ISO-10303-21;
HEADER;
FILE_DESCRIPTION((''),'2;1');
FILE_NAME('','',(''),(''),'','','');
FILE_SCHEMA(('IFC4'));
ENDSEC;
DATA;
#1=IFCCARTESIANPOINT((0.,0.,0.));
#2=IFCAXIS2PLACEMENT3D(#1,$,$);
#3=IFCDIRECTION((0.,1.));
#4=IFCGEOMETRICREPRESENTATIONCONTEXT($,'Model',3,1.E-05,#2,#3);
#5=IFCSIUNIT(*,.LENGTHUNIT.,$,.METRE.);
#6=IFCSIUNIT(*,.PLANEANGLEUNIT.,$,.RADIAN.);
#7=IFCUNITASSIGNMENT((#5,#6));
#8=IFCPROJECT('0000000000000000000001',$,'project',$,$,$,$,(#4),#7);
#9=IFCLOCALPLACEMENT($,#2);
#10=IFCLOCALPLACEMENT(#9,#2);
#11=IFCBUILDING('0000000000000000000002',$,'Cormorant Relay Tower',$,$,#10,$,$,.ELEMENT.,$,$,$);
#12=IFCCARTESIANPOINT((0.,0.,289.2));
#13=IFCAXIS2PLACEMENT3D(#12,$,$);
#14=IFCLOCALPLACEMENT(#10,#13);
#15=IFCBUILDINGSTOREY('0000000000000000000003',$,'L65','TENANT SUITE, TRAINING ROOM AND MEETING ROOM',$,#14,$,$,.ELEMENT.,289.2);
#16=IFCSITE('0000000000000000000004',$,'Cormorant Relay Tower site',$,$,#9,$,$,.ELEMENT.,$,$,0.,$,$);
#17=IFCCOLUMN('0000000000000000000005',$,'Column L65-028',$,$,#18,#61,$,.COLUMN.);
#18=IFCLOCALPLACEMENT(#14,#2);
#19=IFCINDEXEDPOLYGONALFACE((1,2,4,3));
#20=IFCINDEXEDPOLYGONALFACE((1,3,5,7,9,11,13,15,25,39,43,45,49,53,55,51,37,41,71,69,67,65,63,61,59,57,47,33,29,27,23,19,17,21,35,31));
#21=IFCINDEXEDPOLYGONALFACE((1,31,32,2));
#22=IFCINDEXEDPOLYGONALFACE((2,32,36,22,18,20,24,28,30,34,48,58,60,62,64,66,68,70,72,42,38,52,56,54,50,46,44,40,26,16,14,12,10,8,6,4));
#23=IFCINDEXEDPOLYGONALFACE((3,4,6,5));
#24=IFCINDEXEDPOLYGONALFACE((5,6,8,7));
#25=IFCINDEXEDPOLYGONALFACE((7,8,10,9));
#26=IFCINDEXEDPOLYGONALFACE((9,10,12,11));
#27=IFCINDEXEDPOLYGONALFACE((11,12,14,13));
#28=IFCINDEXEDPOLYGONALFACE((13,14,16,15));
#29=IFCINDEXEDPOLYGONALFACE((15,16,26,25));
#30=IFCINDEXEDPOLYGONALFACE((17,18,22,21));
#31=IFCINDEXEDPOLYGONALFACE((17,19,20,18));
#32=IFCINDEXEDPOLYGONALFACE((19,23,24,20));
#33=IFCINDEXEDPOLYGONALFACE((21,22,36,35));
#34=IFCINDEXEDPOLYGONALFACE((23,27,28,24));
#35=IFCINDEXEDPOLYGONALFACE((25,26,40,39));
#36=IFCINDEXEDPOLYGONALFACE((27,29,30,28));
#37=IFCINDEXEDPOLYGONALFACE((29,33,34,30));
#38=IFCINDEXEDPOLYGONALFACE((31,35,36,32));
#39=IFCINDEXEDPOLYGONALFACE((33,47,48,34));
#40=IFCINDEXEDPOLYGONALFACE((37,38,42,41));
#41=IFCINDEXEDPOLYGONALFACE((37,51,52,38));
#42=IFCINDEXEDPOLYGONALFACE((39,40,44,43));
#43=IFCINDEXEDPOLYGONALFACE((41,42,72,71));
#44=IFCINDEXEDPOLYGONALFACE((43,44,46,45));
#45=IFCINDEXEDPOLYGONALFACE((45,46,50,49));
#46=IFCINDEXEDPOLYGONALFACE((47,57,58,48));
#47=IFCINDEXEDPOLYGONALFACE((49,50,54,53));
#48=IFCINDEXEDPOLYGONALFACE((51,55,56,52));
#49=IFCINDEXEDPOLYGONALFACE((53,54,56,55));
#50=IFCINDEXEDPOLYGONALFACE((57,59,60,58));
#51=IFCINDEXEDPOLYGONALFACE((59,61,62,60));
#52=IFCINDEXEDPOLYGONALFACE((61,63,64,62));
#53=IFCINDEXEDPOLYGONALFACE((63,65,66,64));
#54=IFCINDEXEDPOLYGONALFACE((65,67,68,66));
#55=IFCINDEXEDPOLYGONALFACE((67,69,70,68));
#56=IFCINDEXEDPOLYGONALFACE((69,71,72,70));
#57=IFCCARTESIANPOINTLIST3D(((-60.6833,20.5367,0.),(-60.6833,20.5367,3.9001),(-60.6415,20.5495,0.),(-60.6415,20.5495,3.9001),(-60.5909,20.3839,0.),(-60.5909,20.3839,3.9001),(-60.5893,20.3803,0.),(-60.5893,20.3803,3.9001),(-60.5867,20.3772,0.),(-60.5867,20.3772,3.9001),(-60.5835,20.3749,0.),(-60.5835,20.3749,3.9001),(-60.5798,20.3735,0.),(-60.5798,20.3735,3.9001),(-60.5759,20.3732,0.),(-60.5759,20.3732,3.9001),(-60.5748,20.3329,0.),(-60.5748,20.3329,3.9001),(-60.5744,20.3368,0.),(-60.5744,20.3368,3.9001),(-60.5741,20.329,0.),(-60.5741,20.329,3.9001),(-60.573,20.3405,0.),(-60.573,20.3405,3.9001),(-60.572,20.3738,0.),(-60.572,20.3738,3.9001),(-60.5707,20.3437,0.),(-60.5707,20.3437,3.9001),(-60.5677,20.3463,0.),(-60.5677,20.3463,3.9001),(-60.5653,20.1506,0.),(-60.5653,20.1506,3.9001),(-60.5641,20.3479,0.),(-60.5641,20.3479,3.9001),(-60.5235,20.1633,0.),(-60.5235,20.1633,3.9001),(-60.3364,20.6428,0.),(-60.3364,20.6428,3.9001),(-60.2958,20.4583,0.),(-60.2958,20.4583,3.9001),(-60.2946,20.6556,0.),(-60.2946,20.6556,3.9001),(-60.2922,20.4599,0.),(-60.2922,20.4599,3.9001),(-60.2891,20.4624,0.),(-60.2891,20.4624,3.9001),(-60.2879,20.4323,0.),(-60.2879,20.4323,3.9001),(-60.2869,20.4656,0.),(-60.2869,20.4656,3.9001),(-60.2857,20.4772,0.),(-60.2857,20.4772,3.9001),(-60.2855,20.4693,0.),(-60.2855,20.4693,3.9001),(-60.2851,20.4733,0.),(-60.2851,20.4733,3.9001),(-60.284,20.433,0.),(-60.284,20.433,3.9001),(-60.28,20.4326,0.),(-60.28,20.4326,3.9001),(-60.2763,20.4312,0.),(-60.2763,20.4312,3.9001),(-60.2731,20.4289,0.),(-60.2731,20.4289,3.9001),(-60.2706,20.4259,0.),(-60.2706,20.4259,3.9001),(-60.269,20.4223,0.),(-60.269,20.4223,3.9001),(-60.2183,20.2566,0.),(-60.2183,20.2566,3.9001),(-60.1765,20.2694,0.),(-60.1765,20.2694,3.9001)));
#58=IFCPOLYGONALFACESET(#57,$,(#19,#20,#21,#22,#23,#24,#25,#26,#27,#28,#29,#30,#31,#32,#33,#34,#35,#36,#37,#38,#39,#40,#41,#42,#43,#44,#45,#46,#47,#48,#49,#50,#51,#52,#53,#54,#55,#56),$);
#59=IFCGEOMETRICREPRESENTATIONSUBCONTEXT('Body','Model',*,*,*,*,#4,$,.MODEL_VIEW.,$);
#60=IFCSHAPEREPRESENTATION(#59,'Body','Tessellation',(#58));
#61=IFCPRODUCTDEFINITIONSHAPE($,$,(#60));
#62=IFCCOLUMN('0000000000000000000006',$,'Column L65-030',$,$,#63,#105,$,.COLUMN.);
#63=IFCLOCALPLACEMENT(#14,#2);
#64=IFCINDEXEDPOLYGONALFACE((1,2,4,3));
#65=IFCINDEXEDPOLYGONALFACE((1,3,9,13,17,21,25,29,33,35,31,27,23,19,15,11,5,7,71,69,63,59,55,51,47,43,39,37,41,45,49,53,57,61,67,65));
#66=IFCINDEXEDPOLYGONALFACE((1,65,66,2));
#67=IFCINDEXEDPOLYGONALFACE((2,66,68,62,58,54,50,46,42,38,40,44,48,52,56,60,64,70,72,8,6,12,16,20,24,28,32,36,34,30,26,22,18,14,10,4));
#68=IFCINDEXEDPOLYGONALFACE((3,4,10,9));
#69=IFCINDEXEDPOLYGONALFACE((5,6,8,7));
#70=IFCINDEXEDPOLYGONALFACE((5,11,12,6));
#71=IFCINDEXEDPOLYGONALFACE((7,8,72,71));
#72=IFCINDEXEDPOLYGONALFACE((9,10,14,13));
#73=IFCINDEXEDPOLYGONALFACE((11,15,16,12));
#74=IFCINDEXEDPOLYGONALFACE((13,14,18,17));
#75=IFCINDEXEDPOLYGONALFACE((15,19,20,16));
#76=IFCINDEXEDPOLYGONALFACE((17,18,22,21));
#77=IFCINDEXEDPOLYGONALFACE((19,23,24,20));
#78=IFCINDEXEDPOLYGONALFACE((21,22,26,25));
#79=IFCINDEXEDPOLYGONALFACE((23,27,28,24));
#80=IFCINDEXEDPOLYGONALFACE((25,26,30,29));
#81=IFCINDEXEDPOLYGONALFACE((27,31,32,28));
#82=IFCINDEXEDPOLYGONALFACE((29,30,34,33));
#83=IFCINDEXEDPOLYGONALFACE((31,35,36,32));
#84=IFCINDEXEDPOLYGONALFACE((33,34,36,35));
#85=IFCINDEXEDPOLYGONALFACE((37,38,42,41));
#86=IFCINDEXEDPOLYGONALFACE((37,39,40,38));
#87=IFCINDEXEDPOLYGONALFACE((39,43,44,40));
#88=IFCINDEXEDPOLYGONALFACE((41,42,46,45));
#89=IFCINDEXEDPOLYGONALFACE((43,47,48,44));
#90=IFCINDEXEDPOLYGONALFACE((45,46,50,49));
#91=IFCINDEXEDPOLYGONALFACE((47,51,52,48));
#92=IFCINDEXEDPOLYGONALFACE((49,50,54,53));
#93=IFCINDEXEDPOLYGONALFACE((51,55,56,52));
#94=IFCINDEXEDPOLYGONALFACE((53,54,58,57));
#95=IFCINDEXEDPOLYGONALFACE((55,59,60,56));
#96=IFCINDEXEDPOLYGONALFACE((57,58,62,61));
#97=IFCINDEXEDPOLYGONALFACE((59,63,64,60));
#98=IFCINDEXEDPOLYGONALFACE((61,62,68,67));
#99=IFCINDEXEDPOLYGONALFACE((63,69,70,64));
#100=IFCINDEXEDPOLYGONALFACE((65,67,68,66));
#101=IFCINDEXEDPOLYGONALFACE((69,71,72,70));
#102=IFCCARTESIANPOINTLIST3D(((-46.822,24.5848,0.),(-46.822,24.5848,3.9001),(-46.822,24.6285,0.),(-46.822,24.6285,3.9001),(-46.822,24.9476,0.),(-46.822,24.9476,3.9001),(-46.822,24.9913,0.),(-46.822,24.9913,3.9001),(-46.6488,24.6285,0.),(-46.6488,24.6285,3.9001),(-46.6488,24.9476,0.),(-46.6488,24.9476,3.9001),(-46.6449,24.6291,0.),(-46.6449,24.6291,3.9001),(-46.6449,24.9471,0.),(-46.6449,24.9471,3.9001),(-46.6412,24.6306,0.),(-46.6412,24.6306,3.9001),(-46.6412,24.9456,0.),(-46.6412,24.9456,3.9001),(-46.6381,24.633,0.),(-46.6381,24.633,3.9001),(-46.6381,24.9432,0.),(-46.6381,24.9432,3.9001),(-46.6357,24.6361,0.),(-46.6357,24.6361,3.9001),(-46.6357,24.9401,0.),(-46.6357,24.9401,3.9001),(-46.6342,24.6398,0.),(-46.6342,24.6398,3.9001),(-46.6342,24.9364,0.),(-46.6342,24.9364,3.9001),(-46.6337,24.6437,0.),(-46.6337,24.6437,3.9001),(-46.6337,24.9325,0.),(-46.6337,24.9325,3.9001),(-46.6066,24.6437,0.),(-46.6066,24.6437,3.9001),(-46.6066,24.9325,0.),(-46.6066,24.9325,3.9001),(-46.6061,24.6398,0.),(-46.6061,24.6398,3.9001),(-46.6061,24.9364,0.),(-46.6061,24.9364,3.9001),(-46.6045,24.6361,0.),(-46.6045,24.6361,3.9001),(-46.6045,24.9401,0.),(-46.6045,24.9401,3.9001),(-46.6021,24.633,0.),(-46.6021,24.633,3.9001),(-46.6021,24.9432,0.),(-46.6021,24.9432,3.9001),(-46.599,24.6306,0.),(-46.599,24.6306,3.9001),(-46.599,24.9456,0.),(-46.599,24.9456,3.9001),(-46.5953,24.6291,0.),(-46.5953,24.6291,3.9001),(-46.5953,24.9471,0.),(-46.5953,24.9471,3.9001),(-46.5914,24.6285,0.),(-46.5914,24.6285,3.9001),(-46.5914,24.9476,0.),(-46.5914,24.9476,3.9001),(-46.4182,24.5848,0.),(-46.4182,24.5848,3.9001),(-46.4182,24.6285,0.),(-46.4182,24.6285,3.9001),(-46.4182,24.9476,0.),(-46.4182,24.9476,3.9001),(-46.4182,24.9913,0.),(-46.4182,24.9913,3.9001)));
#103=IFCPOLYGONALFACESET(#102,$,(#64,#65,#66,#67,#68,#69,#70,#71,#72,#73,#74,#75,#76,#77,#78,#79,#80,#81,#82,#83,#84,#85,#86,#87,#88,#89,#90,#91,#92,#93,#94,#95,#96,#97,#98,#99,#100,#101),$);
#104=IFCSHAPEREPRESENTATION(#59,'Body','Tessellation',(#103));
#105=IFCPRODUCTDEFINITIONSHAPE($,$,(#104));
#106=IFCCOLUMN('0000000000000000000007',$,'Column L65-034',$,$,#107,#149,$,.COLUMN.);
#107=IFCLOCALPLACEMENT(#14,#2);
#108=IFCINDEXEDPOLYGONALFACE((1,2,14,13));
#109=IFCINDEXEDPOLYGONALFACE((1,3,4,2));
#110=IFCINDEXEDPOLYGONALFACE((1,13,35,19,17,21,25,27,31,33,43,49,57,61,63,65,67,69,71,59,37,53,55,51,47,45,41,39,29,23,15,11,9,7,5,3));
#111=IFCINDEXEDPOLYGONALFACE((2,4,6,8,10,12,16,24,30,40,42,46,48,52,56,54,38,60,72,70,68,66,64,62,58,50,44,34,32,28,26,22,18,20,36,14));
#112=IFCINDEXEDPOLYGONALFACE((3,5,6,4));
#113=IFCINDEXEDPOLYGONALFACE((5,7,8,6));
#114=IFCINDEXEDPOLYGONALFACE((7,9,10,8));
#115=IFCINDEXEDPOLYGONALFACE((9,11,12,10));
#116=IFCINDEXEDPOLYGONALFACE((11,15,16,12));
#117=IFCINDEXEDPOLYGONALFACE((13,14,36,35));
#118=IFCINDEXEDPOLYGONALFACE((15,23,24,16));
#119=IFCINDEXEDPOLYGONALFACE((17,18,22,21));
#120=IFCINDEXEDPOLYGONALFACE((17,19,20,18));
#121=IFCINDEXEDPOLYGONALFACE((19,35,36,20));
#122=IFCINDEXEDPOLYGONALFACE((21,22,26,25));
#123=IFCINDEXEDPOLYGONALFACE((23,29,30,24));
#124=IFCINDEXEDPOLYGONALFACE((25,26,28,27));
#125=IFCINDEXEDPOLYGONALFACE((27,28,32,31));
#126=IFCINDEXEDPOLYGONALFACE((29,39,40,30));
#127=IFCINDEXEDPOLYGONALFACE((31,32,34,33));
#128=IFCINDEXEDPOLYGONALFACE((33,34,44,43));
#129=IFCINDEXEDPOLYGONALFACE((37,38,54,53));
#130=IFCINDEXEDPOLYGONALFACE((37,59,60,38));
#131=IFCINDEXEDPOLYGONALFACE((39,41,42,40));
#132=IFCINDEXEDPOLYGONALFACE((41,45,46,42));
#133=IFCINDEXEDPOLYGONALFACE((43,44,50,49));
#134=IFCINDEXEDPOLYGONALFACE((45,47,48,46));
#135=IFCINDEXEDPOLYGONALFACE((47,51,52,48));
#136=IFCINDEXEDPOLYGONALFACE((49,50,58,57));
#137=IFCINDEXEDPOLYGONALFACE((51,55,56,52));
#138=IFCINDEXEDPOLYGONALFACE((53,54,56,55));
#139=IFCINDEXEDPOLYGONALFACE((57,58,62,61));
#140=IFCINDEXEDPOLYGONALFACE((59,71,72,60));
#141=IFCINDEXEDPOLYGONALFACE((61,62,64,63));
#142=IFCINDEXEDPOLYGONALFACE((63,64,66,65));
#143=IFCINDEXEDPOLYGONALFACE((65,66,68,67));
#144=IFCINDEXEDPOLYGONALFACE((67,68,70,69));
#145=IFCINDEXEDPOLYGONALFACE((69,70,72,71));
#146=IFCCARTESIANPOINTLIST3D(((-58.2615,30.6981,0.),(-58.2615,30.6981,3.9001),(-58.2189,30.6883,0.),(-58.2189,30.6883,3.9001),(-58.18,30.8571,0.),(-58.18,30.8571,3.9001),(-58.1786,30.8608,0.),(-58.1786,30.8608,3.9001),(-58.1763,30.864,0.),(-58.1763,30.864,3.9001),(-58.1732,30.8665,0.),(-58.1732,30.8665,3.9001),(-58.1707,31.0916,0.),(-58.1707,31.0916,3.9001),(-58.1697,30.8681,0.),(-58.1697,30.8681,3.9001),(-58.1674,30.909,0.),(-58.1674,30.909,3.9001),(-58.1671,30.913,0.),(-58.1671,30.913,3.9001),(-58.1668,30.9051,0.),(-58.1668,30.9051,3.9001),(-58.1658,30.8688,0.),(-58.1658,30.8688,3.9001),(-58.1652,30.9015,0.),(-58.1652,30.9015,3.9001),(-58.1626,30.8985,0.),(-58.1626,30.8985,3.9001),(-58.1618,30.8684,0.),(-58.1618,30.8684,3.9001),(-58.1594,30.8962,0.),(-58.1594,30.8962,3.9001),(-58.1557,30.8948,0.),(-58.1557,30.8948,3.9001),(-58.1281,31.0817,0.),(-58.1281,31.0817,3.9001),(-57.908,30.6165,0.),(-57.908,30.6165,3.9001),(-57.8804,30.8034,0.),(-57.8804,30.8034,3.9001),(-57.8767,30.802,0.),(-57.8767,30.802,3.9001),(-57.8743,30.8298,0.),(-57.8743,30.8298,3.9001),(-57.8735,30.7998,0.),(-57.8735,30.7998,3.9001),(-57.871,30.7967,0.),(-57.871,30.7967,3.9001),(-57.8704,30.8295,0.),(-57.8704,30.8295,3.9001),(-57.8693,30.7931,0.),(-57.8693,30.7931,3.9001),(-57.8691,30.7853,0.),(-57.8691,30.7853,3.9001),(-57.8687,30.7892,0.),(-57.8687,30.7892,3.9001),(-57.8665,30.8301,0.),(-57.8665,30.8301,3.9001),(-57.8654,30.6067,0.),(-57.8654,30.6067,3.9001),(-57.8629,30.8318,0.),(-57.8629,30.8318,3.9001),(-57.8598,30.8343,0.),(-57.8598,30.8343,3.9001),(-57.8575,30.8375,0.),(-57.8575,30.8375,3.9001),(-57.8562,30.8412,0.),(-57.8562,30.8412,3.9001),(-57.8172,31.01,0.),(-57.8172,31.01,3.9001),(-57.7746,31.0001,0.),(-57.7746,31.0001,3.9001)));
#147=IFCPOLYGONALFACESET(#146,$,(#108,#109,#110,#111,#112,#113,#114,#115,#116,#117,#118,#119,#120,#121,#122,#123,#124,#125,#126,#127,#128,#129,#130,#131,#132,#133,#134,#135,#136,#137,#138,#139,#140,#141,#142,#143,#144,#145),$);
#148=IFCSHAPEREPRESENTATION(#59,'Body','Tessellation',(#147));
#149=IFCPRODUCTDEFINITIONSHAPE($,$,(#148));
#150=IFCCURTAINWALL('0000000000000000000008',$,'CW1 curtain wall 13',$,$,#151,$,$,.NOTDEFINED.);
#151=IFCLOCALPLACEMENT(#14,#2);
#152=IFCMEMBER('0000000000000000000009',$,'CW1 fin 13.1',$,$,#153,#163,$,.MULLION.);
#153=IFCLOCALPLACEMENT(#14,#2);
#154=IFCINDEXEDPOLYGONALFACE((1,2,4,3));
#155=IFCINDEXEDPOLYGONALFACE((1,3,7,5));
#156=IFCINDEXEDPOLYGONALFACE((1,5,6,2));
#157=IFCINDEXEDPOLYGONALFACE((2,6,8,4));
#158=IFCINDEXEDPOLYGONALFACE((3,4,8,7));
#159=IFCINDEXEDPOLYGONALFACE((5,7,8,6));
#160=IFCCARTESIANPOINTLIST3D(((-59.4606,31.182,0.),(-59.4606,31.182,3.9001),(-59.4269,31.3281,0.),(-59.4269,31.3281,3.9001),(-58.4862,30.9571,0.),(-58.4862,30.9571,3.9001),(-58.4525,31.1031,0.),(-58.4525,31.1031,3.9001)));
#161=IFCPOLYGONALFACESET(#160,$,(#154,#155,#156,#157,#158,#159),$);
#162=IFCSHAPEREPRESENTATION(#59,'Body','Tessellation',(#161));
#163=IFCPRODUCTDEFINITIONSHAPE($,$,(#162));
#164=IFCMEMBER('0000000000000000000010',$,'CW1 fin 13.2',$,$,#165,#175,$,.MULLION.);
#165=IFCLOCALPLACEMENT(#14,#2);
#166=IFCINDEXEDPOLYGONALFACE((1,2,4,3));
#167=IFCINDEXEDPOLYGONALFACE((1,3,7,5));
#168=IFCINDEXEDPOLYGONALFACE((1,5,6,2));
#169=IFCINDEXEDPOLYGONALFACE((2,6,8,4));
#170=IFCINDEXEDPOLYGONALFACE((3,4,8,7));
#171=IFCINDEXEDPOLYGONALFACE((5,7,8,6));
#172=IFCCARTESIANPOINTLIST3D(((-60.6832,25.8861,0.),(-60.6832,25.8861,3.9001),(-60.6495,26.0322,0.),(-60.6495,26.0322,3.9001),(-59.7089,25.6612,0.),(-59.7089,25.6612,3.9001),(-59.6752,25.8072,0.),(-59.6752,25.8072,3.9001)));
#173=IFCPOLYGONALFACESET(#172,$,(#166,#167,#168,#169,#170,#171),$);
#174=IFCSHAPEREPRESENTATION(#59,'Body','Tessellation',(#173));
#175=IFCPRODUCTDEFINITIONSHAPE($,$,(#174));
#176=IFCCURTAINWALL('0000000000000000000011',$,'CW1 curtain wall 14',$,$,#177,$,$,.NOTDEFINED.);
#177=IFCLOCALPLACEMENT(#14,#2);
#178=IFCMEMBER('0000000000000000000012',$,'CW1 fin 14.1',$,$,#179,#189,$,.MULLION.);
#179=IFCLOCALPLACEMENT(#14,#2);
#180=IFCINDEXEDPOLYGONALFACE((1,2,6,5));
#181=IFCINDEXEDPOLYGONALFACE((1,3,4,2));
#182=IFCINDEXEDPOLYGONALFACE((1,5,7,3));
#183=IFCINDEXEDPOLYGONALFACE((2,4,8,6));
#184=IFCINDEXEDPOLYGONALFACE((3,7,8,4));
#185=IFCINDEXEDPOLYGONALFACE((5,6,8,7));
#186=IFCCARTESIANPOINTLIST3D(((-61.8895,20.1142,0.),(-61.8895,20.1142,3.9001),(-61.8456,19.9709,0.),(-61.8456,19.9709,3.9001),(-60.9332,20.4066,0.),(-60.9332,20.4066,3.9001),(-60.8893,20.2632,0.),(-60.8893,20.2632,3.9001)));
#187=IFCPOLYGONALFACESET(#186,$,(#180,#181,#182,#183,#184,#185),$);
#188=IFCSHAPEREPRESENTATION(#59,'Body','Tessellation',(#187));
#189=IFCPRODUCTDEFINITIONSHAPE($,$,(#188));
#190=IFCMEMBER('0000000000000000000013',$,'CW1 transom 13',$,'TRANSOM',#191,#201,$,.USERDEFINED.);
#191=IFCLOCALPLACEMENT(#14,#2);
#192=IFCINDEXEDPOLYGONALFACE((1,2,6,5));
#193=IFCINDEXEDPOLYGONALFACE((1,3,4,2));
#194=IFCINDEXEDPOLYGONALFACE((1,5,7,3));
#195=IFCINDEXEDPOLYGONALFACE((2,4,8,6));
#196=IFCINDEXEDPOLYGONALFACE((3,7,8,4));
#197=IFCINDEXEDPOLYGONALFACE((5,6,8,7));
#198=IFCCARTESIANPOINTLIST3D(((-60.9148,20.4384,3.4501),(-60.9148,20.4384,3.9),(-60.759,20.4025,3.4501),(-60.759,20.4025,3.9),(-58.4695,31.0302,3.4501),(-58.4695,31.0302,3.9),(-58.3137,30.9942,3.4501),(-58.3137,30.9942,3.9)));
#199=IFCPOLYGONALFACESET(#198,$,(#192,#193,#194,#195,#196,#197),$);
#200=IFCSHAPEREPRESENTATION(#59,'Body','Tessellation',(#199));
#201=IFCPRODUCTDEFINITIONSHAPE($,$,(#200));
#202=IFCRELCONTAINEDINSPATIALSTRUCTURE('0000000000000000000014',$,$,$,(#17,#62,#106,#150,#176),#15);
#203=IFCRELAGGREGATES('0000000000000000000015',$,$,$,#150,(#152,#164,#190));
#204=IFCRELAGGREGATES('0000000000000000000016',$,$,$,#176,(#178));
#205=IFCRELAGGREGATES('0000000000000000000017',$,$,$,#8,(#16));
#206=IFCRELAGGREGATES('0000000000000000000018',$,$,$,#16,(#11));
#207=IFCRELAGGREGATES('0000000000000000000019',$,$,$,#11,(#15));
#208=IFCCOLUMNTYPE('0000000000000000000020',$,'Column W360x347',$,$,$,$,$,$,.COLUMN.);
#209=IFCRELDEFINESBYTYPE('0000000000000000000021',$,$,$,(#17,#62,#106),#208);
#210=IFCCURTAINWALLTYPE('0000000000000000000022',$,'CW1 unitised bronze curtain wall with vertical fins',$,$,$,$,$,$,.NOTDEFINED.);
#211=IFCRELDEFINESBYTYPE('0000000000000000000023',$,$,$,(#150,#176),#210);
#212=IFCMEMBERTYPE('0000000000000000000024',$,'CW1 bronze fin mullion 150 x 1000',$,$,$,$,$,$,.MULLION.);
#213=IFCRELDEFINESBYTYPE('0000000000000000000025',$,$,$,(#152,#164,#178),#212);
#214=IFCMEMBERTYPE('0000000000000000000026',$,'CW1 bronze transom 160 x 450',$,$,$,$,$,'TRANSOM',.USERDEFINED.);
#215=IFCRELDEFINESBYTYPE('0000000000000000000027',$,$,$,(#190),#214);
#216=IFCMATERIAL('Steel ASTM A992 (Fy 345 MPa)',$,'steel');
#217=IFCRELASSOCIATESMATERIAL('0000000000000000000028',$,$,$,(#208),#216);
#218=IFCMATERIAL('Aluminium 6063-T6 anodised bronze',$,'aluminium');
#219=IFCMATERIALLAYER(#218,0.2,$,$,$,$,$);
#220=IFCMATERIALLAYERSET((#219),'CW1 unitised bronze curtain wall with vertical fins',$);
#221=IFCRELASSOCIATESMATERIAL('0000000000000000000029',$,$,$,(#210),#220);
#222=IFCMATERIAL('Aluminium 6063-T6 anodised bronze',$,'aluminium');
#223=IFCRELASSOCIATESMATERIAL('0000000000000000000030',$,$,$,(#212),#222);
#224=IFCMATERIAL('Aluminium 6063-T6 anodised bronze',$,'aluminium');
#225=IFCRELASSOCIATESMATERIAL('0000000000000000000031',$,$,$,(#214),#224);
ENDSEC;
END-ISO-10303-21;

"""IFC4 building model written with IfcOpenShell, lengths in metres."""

from ifc_helpers import new_model, si_unit, direction, frame, origin, origin_2d, place, context, subcontext, project, spatial, rectangle, i_section, extrude, material, layer, layer_set, material_profile, profile_set, type_object, element, aggregate, save


model = new_model("IFC4")

# Units and contexts
model_context = context("Model", 3, precision=1e-05, world=origin(), true_north=direction((0.0, 1.0)))
body_context = subcontext(model_context, "Body", "Model", "MODEL_VIEW")
ifc_project = project(units=[si_unit("LENGTHUNIT", "METRE"), si_unit("PLANEANGLEUNIT", "RADIAN")], contexts=[model_context])

# Site, building, storey
site_placement = place(None, origin())
site = spatial("IfcSite", under=ifc_project, at=site_placement, Name="Cormorant Relay Tower site", CompositionType="ELEMENT", RefElevation=0.0)
building_placement = place(site_placement, origin())
building = spatial("IfcBuilding", under=site, at=building_placement, Name="Cormorant Relay Tower", CompositionType="ELEMENT")
storey_placement = place(building_placement, frame((0.0, 0.0, 289.2)))
storey = spatial("IfcBuildingStorey", under=building, at=storey_placement, Name="L65", Description="TENANT SUITE, TRAINING ROOM AND MEETING ROOM", CompositionType="ELEMENT", Elevation=289.2)

# Columns
ifc_material_1 = material(Name="Steel ASTM A992 (Fy 345 MPa)", Category="steel")
ifc_material_profile_1 = material_profile(ifc_material_1, i_section(OverallWidth=0.4038, OverallDepth=0.4065, WebThickness=0.0271, FlangeThickness=0.0437, FilletRadius=0.0151, at=origin_2d()), Name="W360x347")
ifc_profile_set_1 = profile_set([ifc_material_profile_1], Name="Steel ASTM A992 (Fy 345 MPa)")
column_type = type_object("IfcColumnType", Name="Column W360x347", PredefinedType="COLUMN", material=ifc_profile_set_1)
for number, where, z_axis, x_axis, name in (
    (1, (-60.4299, 20.4031, 0.0), (0.0, 0.0, 1.0), (0.292372, -0.956305, 0.0), "Column L65-028"),
    (2, (-46.6201, 24.7881, 0.0), (0.0, 0.0, 1.0), (1.0, 0.0, 0.0), "Column L65-030"),
    (3, (-58.0181, 30.8491, 0.0), (0.0, 0.0, 1.0), (-0.224951, -0.97437, 0.0), "Column L65-034"),
):
    element("IfcColumn", number, at=place(storey_placement, frame(where, z_axis=z_axis, x_axis=x_axis)), inside=storey, type_object=column_type, Name=name, PredefinedType="COLUMN", context=body_context, shape_type="SweptSolid", body=[
        extrude(i_section(OverallWidth=0.4038, OverallDepth=0.4065, WebThickness=0.0271, FlangeThickness=0.0437, FilletRadius=0.0151, at=origin_2d()), origin(), (0.0, 0.0, 1.0), 3.9001),
    ])

# Curtain wall, members
ifc_material_2 = material(Name="Aluminium 6063-T6 anodised bronze", Category="aluminium")
ifc_layer_1 = layer(ifc_material_2, 0.2)
ifc_layer_set_1 = layer_set([ifc_layer_1], Name="CW1 unitised bronze curtain wall with vertical fins")
curtain_wall_type = type_object("IfcCurtainWallType", Name="CW1 unitised bronze curtain wall with vertical fins", PredefinedType="NOTDEFINED", material=ifc_layer_set_1)
curtain_wall_1_placement = place(storey_placement, origin())
curtain_wall_1 = element("IfcCurtainWall", 4, at=curtain_wall_1_placement, inside=storey, type_object=curtain_wall_type, Name="CW1 curtain wall 13", PredefinedType="NOTDEFINED")
ifc_material_3 = material(Name="Aluminium 6063-T6 anodised bronze", Category="aluminium")
ifc_material_profile_2 = material_profile(ifc_material_3, rectangle(XDim=0.1499, YDim=1.0, at=origin_2d()), Name="AL 150x1000")
ifc_profile_set_2 = profile_set([ifc_material_profile_2], Name="Aluminium 6063-T6 anodised bronze")
member_type_1 = type_object("IfcMemberType", Name="CW1 bronze fin mullion 150 x 1000", PredefinedType="MULLION", material=ifc_profile_set_2)
member_1_placement = place(storey_placement, frame((-58.9565, 31.1426, 0.0), z_axis=(0.0, 0.0, 1.0), x_axis=(-0.224951, -0.97437, 0.0)))
member_1 = element("IfcMember", 5, at=member_1_placement, type_object=member_type_1, Name="CW1 fin 13.1", PredefinedType="MULLION", context=body_context, shape_type="SweptSolid", body=[
    extrude(rectangle(XDim=0.1499, YDim=1.0, at=origin_2d()), origin(), (0.0, 0.0, 1.0), 3.9001),
])
member_2_placement = place(storey_placement, frame((-60.1792, 25.8467, 0.0), z_axis=(0.0, 0.0, 1.0), x_axis=(-0.224951, -0.97437, 0.0)))
member_2 = element("IfcMember", 6, at=member_2_placement, type_object=member_type_1, Name="CW1 fin 13.2", PredefinedType="MULLION", context=body_context, shape_type="SweptSolid", body=[
    extrude(rectangle(XDim=0.1499, YDim=1.0, at=origin_2d()), origin(), (0.0, 0.0, 1.0), 3.9001),
])

# Curtain wall, member
curtain_wall_2_placement = place(storey_placement, origin())
curtain_wall_2 = element("IfcCurtainWall", 7, at=curtain_wall_2_placement, inside=storey, type_object=curtain_wall_type, Name="CW1 curtain wall 14", PredefinedType="NOTDEFINED")
member_3_placement = place(storey_placement, frame((-61.3894, 20.1887, 0.0), z_axis=(0.0, 0.0, 1.0), x_axis=(0.292372, -0.956305, 0.0)))
member_3 = element("IfcMember", 8, at=member_3_placement, type_object=member_type_1, Name="CW1 fin 14.1", PredefinedType="MULLION", context=body_context, shape_type="SweptSolid", body=[
    extrude(rectangle(XDim=0.1499, YDim=1.0, at=origin_2d()), origin(), (0.0, 0.0, 1.0), 3.9001),
])

# Member
ifc_material_4 = material(Name="Aluminium 6063-T6 anodised bronze", Category="aluminium")
ifc_material_profile_3 = material_profile(ifc_material_4, rectangle(XDim=0.1599, YDim=0.45, at=origin_2d()), Name="AL 160x450")
ifc_profile_set_3 = profile_set([ifc_material_profile_3], Name="Aluminium 6063-T6 anodised bronze")
member_type_2 = type_object("IfcMemberType", Name="CW1 bronze transom 160 x 450", ElementType="TRANSOM", PredefinedType="USERDEFINED", material=ifc_profile_set_3)
member_4_placement = place(storey_placement, frame((-58.3916, 31.0122, 3.675), z_axis=(-0.224951, -0.97437, 0.0), x_axis=(0.97437, -0.224951, 0.0)))
member_4 = element("IfcMember", 9, at=member_4_placement, type_object=member_type_2, Name="CW1 transom 13", ObjectType="TRANSOM", PredefinedType="USERDEFINED", context=body_context, shape_type="SweptSolid", body=[
    extrude(rectangle(XDim=0.1599, YDim=0.45, at=origin_2d()), origin(), (0.0, 0.0, 1.0), 10.8704),
])

aggregate(curtain_wall_1, [member_1, member_2, member_4])
aggregate(curtain_wall_2, [member_3])

save(model, "model.ifc")
